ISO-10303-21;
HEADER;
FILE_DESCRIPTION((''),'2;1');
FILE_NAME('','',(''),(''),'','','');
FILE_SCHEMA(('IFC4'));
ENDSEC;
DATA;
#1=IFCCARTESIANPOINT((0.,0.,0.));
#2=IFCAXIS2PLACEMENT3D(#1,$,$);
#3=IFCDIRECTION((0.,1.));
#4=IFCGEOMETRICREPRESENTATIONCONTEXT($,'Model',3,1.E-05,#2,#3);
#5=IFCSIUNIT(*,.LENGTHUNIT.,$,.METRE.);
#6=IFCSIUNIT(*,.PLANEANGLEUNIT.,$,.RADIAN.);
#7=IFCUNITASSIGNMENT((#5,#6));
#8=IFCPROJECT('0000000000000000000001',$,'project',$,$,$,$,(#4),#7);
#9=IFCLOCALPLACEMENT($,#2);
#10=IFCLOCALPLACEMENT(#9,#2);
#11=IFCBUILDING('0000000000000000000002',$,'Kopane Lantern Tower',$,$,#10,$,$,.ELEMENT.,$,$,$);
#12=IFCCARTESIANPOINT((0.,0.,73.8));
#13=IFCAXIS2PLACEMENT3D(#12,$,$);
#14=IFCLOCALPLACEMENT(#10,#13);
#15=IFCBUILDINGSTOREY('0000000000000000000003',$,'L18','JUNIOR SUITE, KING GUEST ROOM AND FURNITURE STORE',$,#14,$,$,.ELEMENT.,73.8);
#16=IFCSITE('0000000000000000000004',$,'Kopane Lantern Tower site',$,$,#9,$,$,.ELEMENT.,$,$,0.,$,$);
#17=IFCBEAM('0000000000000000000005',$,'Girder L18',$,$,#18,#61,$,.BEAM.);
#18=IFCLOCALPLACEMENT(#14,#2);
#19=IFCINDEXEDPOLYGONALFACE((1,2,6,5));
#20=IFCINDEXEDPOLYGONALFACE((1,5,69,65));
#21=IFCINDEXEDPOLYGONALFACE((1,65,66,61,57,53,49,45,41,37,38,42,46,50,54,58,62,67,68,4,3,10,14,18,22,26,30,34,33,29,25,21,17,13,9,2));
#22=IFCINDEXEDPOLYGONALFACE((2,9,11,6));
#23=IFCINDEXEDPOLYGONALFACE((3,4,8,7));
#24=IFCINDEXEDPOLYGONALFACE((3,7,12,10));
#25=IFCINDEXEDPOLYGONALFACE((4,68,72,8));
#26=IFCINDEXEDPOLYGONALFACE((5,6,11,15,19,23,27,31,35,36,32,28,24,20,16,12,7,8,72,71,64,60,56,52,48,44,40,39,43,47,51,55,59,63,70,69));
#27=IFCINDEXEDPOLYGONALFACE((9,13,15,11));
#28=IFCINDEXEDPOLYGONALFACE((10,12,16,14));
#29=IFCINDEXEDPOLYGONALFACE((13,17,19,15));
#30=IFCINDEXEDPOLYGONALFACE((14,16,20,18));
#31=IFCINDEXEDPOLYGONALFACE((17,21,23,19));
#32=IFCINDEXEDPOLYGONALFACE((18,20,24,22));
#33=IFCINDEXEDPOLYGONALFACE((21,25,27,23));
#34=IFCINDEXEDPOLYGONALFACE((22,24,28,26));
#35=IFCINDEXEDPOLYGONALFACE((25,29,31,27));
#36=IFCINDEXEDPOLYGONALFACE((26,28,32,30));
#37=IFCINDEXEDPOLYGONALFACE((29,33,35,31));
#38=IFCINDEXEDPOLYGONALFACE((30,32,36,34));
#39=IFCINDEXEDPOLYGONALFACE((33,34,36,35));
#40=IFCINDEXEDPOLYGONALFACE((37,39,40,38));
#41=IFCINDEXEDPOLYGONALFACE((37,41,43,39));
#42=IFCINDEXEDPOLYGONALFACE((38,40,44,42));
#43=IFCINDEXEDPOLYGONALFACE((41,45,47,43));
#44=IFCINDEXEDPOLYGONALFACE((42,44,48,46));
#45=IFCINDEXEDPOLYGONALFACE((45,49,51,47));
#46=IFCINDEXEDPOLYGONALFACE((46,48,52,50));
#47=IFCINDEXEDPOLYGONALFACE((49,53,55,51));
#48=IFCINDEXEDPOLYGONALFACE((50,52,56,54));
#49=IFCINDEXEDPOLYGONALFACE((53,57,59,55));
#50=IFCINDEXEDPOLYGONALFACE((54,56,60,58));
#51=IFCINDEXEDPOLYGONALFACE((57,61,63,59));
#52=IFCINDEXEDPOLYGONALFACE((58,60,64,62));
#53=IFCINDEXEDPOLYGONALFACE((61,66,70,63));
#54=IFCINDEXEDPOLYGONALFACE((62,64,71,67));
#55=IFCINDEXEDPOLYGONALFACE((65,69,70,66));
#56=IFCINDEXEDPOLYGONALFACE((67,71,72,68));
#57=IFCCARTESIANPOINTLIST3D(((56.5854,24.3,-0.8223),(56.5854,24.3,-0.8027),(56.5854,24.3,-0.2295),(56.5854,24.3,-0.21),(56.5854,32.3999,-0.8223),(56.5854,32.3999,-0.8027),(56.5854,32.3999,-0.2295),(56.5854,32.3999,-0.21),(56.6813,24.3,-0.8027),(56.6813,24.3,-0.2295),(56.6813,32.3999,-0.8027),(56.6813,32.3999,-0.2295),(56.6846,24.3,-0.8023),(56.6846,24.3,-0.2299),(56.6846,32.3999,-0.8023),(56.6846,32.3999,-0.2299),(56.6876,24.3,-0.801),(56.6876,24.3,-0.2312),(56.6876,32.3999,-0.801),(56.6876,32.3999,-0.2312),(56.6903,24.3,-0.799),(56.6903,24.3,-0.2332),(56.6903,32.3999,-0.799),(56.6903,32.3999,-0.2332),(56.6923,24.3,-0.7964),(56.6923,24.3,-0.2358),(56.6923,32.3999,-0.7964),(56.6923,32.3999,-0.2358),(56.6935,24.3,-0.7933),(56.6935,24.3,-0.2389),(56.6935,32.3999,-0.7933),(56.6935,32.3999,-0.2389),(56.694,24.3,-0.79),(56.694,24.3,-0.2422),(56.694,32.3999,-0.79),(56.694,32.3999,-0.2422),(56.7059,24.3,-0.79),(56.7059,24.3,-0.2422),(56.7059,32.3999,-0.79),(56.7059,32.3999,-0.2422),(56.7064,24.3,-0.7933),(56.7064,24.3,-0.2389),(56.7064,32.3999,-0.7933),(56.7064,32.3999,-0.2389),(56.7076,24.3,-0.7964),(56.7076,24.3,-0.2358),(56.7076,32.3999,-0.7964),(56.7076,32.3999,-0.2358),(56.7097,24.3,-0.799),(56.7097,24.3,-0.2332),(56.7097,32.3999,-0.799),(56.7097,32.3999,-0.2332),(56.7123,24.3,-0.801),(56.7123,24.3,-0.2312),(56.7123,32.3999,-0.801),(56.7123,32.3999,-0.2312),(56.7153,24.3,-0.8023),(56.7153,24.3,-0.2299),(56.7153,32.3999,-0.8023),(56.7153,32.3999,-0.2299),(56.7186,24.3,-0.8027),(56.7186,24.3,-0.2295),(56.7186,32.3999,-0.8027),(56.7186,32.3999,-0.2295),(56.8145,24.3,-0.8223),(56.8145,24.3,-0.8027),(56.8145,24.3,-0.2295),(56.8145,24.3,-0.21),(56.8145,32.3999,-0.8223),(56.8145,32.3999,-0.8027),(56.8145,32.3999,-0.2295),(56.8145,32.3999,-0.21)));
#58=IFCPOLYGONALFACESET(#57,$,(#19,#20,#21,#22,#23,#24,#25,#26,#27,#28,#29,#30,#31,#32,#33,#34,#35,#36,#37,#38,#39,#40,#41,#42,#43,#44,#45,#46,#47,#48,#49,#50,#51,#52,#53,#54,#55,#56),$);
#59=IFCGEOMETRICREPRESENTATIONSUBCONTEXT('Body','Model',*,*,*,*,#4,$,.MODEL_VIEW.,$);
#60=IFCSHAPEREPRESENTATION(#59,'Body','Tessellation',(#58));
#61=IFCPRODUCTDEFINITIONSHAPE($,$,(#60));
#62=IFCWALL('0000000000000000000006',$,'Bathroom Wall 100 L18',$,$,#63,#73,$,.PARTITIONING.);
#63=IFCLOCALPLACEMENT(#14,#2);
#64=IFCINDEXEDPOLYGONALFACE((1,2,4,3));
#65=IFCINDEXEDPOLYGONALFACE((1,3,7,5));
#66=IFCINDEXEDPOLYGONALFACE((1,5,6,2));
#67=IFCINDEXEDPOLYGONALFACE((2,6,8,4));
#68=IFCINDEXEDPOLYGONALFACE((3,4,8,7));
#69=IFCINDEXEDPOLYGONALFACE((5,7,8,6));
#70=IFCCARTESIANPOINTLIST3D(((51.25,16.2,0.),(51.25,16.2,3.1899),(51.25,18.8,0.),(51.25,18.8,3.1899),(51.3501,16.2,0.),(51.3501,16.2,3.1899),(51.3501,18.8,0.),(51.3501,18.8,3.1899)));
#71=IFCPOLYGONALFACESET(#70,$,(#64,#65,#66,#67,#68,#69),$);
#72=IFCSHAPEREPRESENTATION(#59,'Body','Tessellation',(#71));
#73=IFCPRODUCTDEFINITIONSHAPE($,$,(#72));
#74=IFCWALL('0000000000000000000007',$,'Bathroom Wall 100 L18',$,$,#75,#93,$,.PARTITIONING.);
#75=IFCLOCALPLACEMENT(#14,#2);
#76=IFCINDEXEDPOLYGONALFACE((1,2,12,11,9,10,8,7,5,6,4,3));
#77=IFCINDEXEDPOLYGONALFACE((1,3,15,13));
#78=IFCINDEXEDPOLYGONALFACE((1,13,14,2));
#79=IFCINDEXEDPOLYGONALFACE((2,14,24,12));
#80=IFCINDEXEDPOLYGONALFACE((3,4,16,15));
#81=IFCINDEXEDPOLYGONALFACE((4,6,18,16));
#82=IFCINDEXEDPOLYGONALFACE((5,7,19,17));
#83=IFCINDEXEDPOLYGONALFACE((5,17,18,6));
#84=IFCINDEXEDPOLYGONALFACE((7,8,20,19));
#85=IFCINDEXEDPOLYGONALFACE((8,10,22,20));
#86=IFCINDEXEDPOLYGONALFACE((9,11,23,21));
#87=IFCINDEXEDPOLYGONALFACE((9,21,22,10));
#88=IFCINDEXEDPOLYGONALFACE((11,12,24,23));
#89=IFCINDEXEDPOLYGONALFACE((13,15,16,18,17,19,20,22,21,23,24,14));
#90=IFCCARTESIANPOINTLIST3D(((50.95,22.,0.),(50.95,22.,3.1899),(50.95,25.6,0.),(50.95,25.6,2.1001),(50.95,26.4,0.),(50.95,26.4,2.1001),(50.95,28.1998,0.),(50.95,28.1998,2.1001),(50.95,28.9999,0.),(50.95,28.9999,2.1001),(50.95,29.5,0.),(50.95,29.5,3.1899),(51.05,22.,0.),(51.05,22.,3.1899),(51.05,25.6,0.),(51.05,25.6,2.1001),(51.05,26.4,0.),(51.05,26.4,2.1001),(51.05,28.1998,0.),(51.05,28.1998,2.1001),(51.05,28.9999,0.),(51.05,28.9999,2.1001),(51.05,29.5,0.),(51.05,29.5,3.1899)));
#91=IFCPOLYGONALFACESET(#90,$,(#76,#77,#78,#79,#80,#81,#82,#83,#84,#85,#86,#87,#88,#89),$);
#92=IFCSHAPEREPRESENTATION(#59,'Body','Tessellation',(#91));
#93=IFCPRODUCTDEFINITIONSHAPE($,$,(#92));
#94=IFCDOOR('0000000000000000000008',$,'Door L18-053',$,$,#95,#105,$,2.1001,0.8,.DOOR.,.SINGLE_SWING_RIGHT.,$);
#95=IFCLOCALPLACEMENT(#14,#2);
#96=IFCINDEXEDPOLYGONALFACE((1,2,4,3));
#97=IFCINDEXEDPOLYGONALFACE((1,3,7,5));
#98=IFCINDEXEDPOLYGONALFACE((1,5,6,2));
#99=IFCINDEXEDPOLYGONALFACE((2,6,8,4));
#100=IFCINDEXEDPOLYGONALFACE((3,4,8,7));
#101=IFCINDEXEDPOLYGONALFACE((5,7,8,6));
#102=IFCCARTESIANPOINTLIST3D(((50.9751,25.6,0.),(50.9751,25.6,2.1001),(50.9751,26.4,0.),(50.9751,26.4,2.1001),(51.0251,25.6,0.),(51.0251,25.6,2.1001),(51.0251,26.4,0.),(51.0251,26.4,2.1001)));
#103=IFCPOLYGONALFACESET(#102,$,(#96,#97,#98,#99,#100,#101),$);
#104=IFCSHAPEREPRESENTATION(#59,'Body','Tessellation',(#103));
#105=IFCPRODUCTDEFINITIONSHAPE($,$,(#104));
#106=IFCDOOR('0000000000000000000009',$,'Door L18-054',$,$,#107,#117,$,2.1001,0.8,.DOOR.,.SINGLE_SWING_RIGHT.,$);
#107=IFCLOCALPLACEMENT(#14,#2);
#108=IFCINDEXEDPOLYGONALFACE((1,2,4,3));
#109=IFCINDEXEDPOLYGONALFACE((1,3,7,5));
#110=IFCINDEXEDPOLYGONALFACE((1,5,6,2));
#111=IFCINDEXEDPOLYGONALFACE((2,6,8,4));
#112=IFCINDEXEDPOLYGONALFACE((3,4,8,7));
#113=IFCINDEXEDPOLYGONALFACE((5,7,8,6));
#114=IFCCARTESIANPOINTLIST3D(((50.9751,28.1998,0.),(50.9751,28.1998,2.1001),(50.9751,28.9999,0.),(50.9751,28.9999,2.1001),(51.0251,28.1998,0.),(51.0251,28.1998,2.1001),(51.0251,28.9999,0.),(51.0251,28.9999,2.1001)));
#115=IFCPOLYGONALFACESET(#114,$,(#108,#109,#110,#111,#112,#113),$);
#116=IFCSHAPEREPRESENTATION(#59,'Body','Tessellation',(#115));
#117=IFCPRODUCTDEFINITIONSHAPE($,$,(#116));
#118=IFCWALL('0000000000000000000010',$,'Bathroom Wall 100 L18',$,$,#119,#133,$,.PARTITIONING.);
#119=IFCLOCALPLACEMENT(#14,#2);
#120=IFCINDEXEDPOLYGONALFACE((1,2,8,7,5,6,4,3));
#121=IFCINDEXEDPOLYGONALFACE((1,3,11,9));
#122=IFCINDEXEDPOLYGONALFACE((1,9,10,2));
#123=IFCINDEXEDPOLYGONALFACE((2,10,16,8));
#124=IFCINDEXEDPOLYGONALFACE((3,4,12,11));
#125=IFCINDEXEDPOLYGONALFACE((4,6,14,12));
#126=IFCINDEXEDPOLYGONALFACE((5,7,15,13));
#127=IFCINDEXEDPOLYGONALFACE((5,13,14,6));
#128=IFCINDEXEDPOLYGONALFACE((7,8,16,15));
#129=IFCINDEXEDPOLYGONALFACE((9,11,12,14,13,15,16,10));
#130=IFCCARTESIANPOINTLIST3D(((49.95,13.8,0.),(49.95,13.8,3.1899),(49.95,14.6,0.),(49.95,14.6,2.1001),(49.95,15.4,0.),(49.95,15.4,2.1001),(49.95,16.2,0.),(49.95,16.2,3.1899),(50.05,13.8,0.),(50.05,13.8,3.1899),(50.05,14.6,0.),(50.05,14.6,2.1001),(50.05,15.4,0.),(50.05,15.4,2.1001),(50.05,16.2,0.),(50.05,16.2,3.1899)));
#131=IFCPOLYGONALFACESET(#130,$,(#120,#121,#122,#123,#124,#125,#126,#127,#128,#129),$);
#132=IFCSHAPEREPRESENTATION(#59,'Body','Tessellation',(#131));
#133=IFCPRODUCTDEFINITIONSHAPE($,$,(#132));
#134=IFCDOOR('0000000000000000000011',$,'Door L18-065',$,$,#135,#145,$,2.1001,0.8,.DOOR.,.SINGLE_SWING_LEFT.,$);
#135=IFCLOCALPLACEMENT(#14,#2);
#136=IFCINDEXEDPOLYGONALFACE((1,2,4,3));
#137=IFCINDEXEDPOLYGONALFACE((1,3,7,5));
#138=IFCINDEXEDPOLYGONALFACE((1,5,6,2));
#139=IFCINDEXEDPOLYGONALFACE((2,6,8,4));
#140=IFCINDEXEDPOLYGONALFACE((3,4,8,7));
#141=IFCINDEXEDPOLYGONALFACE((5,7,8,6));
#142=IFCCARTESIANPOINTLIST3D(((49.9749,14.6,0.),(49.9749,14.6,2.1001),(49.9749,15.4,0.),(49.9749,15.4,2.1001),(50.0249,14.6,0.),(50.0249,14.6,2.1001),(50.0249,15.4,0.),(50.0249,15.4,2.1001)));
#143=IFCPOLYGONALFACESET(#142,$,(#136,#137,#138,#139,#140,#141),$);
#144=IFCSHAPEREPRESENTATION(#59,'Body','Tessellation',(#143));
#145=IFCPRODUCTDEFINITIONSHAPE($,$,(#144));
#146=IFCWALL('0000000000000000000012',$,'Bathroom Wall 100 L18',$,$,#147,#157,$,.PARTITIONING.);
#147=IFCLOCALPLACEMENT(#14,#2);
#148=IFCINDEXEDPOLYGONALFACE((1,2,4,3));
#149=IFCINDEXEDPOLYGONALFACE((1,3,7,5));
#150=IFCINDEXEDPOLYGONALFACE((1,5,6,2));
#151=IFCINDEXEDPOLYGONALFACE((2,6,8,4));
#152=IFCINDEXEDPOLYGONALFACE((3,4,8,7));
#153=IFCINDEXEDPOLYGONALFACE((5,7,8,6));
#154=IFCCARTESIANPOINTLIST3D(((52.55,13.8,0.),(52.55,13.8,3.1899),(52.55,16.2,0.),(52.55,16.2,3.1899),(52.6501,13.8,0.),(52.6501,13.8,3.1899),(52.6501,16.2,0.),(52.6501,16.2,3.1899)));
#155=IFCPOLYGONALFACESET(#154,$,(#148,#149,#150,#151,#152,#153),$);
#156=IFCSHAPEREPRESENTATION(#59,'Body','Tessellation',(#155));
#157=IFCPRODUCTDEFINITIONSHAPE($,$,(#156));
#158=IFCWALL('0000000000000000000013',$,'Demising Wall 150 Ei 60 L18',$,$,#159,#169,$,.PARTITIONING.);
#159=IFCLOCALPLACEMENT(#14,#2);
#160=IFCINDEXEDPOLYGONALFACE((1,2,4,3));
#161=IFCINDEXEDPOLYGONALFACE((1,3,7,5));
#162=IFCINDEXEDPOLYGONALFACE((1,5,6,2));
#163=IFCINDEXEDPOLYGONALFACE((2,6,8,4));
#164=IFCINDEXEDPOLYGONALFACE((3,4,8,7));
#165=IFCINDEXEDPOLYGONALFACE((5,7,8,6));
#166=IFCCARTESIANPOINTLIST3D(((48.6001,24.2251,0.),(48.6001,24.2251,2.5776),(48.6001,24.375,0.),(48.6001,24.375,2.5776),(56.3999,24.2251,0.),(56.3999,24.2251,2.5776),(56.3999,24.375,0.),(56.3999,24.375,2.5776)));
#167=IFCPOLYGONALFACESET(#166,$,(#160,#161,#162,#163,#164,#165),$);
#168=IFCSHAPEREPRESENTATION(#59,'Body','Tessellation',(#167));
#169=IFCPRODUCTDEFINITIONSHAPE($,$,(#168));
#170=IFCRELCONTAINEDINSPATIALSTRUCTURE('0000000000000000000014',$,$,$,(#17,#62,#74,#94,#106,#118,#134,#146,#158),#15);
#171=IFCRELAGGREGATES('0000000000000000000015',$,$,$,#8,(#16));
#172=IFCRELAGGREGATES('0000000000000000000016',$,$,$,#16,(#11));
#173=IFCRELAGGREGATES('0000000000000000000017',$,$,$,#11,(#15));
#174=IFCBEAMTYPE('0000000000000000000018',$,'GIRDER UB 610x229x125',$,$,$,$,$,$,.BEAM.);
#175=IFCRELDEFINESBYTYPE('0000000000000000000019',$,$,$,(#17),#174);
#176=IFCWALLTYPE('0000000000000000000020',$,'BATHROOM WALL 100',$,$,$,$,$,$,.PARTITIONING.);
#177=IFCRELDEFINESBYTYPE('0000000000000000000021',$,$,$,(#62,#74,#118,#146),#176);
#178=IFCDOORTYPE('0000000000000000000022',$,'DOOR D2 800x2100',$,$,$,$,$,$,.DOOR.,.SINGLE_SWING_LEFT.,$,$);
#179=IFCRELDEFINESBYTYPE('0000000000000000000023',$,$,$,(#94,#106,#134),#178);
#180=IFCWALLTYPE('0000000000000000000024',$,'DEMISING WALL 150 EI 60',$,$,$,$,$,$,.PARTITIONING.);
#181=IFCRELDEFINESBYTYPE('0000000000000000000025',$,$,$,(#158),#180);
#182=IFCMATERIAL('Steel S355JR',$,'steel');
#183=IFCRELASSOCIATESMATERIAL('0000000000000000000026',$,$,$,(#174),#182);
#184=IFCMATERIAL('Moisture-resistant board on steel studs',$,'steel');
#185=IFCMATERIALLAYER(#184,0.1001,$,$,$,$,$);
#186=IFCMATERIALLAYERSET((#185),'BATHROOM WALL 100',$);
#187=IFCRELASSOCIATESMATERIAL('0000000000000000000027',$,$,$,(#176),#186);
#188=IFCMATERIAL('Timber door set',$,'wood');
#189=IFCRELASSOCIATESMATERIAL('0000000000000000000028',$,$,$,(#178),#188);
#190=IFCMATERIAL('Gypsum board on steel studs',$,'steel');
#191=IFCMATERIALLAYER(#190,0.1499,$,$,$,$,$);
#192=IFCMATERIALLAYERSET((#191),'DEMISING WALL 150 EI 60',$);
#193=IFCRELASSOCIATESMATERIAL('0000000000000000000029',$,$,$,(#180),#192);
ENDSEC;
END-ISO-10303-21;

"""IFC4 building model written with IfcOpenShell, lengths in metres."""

from ifc_helpers import new_model, si_unit, direction, frame, frame_2d, origin, origin_2d, place, context, subcontext, project, spatial, rectangle, i_section, extrude, material, layer, layer_set, material_profile, profile_set, type_object, element, fill, save


model = new_model("IFC4")

# Units and contexts
model_context = context("Model", 3, precision=1e-05, world=origin(), true_north=direction((0.0, 1.0)))
body_context = subcontext(model_context, "Body", "Model", "MODEL_VIEW")
ifc_project = project(units=[si_unit("LENGTHUNIT", "METRE"), si_unit("PLANEANGLEUNIT", "RADIAN")], contexts=[model_context])

# Site, building, storey
site_placement = place(None, origin())
site = spatial("IfcSite", under=ifc_project, at=site_placement, Name="Kopane Lantern Tower site", CompositionType="ELEMENT", RefElevation=0.0)
building_placement = place(site_placement, origin())
building = spatial("IfcBuilding", under=site, at=building_placement, Name="Kopane Lantern Tower", CompositionType="ELEMENT")
storey_placement = place(building_placement, frame((0.0, 0.0, 73.8)))
storey = spatial("IfcBuildingStorey", under=building, at=storey_placement, Name="L18", Description="JUNIOR SUITE, KING GUEST ROOM AND FURNITURE STORE", CompositionType="ELEMENT", Elevation=73.8)

# Beam
ifc_material_1 = material(Name="Steel S355JR", Category="steel")
ifc_material_profile_1 = material_profile(ifc_material_1, i_section(OverallWidth=0.229, OverallDepth=0.6123, WebThickness=0.012, FlangeThickness=0.0195, FilletRadius=0.0127, at=origin_2d()), Name="UB 610x229x125")
ifc_profile_set_1 = profile_set([ifc_material_profile_1], Name="Steel S355JR")
beam_type = type_object("IfcBeamType", Name="GIRDER UB 610x229x125", PredefinedType="BEAM", material=ifc_profile_set_1)
beam_1_placement = place(storey_placement, frame((56.7, 24.3, -0.5161), z_axis=(0.0, 1.0, 0.0), x_axis=(-1.0, 0.0, 0.0)))
element("IfcBeam", 1, at=beam_1_placement, inside=storey, type_object=beam_type, Name="Girder L18", PredefinedType="BEAM", context=body_context, shape_type="SweptSolid", body=[
    extrude(i_section(OverallWidth=0.229, OverallDepth=0.6123, WebThickness=0.012, FlangeThickness=0.0195, FilletRadius=0.0127, at=origin_2d()), origin(), (0.0, 0.0, 1.0), 8.0999),
])

# Wall
ifc_material_2 = material(Name="Moisture-resistant board on steel studs", Category="steel")
ifc_layer_1 = layer(ifc_material_2, 0.1001)
ifc_layer_set_1 = layer_set([ifc_layer_1], Name="BATHROOM WALL 100")
wall_type_1 = type_object("IfcWallType", Name="BATHROOM WALL 100", PredefinedType="PARTITIONING", material=ifc_layer_set_1)
wall_1_placement = place(storey_placement, frame((51.3, 16.2, 0.0), z_axis=(0.0, 0.0, 1.0), x_axis=(0.0, 1.0, 0.0)))
element("IfcWall", 2, at=wall_1_placement, inside=storey, type_object=wall_type_1, Name="Bathroom Wall 100 L18", PredefinedType="PARTITIONING", context=body_context, shape_type="SweptSolid", body=[
    extrude(rectangle(XDim=2.6001, YDim=0.1001, at=frame_2d((1.3, 0.0))), origin(), (0.0, 0.0, 1.0), 3.1899),
])

# Wall, openings, doors
wall_2_placement = place(storey_placement, frame((51.0, 22.0, 0.0), z_axis=(0.0, 0.0, 1.0), x_axis=(0.0, 1.0, 0.0)))
wall_2 = element("IfcWall", 3, at=wall_2_placement, inside=storey, type_object=wall_type_1, Name="Bathroom Wall 100 L18", PredefinedType="PARTITIONING", context=body_context, shape_type="SweptSolid", body=[
    extrude(rectangle(XDim=7.5, YDim=0.1001, at=frame_2d((3.75, 0.0))), origin(), (0.0, 0.0, 1.0), 3.1899),
])
opening_1_placement = place(wall_2_placement, frame((3.6001, 0.0, 0.0)))
opening_1 = element("IfcOpeningElement", 4, at=opening_1_placement, cuts=wall_2, PredefinedType="OPENING", context=body_context, shape_type="SweptSolid", body=[
    extrude(rectangle(XDim=0.8, YDim=2.1001, at=frame_2d((0.3999, 1.05))), frame((0.0, 0.0601, 0.0), z_axis=(0.0, -1.0, 0.0), x_axis=(1.0, 0.0, 0.0)), (0.0, 0.0, 1.0), 0.1201),
])
opening_2_placement = place(wall_2_placement, frame((6.2, 0.0, 0.0)))
opening_2 = element("IfcOpeningElement", 5, at=opening_2_placement, cuts=wall_2, PredefinedType="OPENING", context=body_context, shape_type="SweptSolid", body=[
    extrude(rectangle(XDim=0.8, YDim=2.1001, at=frame_2d((0.3999, 1.05))), frame((0.0, 0.0601, 0.0), z_axis=(0.0, -1.0, 0.0), x_axis=(1.0, 0.0, 0.0)), (0.0, 0.0, 1.0), 0.1201),
])
ifc_material_3 = material(Name="Timber door set", Category="wood")
door_type = type_object("IfcDoorType", Name="DOOR D2 800x2100", OperationType="SINGLE_SWING_LEFT", PredefinedType="DOOR", material=ifc_material_3)
door_1_placement = place(opening_1_placement, origin())
door_1 = element("IfcDoor", 6, at=door_1_placement, inside=storey, type_object=door_type, Name="Door L18-053", OperationType="SINGLE_SWING_RIGHT", OverallHeight=2.1001, OverallWidth=0.8, PredefinedType="DOOR", context=body_context, shape_type="SweptSolid", body=[
    extrude(rectangle(XDim=0.8, YDim=2.1001, at=frame_2d((0.3999, 1.05))), frame((0.0, 0.0249, 0.0), z_axis=(0.0, -1.0, 0.0), x_axis=(1.0, 0.0, 0.0)), (0.0, 0.0, 1.0), 0.05),
])
fill(opening_1, door_1)
door_2_placement = place(opening_2_placement, origin())
door_2 = element("IfcDoor", 7, at=door_2_placement, inside=storey, type_object=door_type, Name="Door L18-054", OperationType="SINGLE_SWING_RIGHT", OverallHeight=2.1001, OverallWidth=0.8, PredefinedType="DOOR", context=body_context, shape_type="SweptSolid", body=[
    extrude(rectangle(XDim=0.8, YDim=2.1001, at=frame_2d((0.3999, 1.05))), frame((0.0, 0.0249, 0.0), z_axis=(0.0, -1.0, 0.0), x_axis=(1.0, 0.0, 0.0)), (0.0, 0.0, 1.0), 0.05),
])
fill(opening_2, door_2)

# Wall, opening, door
wall_3_placement = place(storey_placement, frame((50.0, 16.2, 0.0), z_axis=(0.0, 0.0, 1.0), x_axis=(0.0, -1.0, 0.0)))
wall_3 = element("IfcWall", 8, at=wall_3_placement, inside=storey, type_object=wall_type_1, Name="Bathroom Wall 100 L18", PredefinedType="PARTITIONING", context=body_context, shape_type="SweptSolid", body=[
    extrude(rectangle(XDim=2.3999, YDim=0.1001, at=frame_2d((1.2, 0.0))), origin(), (0.0, 0.0, 1.0), 3.1899),
])
opening_3_placement = place(wall_3_placement, frame((0.8, 0.0, 0.0)))
opening_3 = element("IfcOpeningElement", 9, at=opening_3_placement, cuts=wall_3, PredefinedType="OPENING", context=body_context, shape_type="SweptSolid", body=[
    extrude(rectangle(XDim=0.8, YDim=2.1001, at=frame_2d((0.3999, 1.05))), frame((0.0, 0.0601, 0.0), z_axis=(0.0, -1.0, 0.0), x_axis=(1.0, 0.0, 0.0)), (0.0, 0.0, 1.0), 0.1201),
])
door_3_placement = place(opening_3_placement, origin())
door_3 = element("IfcDoor", 10, at=door_3_placement, inside=storey, type_object=door_type, Name="Door L18-065", OperationType="SINGLE_SWING_LEFT", OverallHeight=2.1001, OverallWidth=0.8, PredefinedType="DOOR", context=body_context, shape_type="SweptSolid", body=[
    extrude(rectangle(XDim=0.8, YDim=2.1001, at=frame_2d((0.3999, 1.05))), frame((0.0, 0.0249, 0.0), z_axis=(0.0, -1.0, 0.0), x_axis=(1.0, 0.0, 0.0)), (0.0, 0.0, 1.0), 0.05),
])
fill(opening_3, door_3)

# Walls
wall_4_placement = place(storey_placement, frame((52.6001, 16.2, 0.0), z_axis=(0.0, 0.0, 1.0), x_axis=(0.0, -1.0, 0.0)))
element("IfcWall", 11, at=wall_4_placement, inside=storey, type_object=wall_type_1, Name="Bathroom Wall 100 L18", PredefinedType="PARTITIONING", context=body_context, shape_type="SweptSolid", body=[
    extrude(rectangle(XDim=2.3999, YDim=0.1001, at=frame_2d((1.2, 0.0))), origin(), (0.0, 0.0, 1.0), 3.1899),
])
ifc_material_4 = material(Name="Gypsum board on steel studs", Category="steel")
ifc_layer_2 = layer(ifc_material_4, 0.1499)
ifc_layer_set_2 = layer_set([ifc_layer_2], Name="DEMISING WALL 150 EI 60")
wall_type_2 = type_object("IfcWallType", Name="DEMISING WALL 150 EI 60", PredefinedType="PARTITIONING", material=ifc_layer_set_2)
wall_5_placement = place(storey_placement, frame((48.6001, 24.3, 0.0), z_axis=(0.0, 0.0, 1.0), x_axis=(1.0, 0.0, 0.0)))
element("IfcWall", 12, at=wall_5_placement, inside=storey, type_object=wall_type_2, Name="Demising Wall 150 Ei 60 L18", PredefinedType="PARTITIONING", context=body_context, shape_type="SweptSolid", body=[
    extrude(rectangle(XDim=7.7998, YDim=0.1499, at=frame_2d((3.8999, 0.0))), origin(), (0.0, 0.0, 1.0), 2.5776),
])

save(model, "model.ifc")
